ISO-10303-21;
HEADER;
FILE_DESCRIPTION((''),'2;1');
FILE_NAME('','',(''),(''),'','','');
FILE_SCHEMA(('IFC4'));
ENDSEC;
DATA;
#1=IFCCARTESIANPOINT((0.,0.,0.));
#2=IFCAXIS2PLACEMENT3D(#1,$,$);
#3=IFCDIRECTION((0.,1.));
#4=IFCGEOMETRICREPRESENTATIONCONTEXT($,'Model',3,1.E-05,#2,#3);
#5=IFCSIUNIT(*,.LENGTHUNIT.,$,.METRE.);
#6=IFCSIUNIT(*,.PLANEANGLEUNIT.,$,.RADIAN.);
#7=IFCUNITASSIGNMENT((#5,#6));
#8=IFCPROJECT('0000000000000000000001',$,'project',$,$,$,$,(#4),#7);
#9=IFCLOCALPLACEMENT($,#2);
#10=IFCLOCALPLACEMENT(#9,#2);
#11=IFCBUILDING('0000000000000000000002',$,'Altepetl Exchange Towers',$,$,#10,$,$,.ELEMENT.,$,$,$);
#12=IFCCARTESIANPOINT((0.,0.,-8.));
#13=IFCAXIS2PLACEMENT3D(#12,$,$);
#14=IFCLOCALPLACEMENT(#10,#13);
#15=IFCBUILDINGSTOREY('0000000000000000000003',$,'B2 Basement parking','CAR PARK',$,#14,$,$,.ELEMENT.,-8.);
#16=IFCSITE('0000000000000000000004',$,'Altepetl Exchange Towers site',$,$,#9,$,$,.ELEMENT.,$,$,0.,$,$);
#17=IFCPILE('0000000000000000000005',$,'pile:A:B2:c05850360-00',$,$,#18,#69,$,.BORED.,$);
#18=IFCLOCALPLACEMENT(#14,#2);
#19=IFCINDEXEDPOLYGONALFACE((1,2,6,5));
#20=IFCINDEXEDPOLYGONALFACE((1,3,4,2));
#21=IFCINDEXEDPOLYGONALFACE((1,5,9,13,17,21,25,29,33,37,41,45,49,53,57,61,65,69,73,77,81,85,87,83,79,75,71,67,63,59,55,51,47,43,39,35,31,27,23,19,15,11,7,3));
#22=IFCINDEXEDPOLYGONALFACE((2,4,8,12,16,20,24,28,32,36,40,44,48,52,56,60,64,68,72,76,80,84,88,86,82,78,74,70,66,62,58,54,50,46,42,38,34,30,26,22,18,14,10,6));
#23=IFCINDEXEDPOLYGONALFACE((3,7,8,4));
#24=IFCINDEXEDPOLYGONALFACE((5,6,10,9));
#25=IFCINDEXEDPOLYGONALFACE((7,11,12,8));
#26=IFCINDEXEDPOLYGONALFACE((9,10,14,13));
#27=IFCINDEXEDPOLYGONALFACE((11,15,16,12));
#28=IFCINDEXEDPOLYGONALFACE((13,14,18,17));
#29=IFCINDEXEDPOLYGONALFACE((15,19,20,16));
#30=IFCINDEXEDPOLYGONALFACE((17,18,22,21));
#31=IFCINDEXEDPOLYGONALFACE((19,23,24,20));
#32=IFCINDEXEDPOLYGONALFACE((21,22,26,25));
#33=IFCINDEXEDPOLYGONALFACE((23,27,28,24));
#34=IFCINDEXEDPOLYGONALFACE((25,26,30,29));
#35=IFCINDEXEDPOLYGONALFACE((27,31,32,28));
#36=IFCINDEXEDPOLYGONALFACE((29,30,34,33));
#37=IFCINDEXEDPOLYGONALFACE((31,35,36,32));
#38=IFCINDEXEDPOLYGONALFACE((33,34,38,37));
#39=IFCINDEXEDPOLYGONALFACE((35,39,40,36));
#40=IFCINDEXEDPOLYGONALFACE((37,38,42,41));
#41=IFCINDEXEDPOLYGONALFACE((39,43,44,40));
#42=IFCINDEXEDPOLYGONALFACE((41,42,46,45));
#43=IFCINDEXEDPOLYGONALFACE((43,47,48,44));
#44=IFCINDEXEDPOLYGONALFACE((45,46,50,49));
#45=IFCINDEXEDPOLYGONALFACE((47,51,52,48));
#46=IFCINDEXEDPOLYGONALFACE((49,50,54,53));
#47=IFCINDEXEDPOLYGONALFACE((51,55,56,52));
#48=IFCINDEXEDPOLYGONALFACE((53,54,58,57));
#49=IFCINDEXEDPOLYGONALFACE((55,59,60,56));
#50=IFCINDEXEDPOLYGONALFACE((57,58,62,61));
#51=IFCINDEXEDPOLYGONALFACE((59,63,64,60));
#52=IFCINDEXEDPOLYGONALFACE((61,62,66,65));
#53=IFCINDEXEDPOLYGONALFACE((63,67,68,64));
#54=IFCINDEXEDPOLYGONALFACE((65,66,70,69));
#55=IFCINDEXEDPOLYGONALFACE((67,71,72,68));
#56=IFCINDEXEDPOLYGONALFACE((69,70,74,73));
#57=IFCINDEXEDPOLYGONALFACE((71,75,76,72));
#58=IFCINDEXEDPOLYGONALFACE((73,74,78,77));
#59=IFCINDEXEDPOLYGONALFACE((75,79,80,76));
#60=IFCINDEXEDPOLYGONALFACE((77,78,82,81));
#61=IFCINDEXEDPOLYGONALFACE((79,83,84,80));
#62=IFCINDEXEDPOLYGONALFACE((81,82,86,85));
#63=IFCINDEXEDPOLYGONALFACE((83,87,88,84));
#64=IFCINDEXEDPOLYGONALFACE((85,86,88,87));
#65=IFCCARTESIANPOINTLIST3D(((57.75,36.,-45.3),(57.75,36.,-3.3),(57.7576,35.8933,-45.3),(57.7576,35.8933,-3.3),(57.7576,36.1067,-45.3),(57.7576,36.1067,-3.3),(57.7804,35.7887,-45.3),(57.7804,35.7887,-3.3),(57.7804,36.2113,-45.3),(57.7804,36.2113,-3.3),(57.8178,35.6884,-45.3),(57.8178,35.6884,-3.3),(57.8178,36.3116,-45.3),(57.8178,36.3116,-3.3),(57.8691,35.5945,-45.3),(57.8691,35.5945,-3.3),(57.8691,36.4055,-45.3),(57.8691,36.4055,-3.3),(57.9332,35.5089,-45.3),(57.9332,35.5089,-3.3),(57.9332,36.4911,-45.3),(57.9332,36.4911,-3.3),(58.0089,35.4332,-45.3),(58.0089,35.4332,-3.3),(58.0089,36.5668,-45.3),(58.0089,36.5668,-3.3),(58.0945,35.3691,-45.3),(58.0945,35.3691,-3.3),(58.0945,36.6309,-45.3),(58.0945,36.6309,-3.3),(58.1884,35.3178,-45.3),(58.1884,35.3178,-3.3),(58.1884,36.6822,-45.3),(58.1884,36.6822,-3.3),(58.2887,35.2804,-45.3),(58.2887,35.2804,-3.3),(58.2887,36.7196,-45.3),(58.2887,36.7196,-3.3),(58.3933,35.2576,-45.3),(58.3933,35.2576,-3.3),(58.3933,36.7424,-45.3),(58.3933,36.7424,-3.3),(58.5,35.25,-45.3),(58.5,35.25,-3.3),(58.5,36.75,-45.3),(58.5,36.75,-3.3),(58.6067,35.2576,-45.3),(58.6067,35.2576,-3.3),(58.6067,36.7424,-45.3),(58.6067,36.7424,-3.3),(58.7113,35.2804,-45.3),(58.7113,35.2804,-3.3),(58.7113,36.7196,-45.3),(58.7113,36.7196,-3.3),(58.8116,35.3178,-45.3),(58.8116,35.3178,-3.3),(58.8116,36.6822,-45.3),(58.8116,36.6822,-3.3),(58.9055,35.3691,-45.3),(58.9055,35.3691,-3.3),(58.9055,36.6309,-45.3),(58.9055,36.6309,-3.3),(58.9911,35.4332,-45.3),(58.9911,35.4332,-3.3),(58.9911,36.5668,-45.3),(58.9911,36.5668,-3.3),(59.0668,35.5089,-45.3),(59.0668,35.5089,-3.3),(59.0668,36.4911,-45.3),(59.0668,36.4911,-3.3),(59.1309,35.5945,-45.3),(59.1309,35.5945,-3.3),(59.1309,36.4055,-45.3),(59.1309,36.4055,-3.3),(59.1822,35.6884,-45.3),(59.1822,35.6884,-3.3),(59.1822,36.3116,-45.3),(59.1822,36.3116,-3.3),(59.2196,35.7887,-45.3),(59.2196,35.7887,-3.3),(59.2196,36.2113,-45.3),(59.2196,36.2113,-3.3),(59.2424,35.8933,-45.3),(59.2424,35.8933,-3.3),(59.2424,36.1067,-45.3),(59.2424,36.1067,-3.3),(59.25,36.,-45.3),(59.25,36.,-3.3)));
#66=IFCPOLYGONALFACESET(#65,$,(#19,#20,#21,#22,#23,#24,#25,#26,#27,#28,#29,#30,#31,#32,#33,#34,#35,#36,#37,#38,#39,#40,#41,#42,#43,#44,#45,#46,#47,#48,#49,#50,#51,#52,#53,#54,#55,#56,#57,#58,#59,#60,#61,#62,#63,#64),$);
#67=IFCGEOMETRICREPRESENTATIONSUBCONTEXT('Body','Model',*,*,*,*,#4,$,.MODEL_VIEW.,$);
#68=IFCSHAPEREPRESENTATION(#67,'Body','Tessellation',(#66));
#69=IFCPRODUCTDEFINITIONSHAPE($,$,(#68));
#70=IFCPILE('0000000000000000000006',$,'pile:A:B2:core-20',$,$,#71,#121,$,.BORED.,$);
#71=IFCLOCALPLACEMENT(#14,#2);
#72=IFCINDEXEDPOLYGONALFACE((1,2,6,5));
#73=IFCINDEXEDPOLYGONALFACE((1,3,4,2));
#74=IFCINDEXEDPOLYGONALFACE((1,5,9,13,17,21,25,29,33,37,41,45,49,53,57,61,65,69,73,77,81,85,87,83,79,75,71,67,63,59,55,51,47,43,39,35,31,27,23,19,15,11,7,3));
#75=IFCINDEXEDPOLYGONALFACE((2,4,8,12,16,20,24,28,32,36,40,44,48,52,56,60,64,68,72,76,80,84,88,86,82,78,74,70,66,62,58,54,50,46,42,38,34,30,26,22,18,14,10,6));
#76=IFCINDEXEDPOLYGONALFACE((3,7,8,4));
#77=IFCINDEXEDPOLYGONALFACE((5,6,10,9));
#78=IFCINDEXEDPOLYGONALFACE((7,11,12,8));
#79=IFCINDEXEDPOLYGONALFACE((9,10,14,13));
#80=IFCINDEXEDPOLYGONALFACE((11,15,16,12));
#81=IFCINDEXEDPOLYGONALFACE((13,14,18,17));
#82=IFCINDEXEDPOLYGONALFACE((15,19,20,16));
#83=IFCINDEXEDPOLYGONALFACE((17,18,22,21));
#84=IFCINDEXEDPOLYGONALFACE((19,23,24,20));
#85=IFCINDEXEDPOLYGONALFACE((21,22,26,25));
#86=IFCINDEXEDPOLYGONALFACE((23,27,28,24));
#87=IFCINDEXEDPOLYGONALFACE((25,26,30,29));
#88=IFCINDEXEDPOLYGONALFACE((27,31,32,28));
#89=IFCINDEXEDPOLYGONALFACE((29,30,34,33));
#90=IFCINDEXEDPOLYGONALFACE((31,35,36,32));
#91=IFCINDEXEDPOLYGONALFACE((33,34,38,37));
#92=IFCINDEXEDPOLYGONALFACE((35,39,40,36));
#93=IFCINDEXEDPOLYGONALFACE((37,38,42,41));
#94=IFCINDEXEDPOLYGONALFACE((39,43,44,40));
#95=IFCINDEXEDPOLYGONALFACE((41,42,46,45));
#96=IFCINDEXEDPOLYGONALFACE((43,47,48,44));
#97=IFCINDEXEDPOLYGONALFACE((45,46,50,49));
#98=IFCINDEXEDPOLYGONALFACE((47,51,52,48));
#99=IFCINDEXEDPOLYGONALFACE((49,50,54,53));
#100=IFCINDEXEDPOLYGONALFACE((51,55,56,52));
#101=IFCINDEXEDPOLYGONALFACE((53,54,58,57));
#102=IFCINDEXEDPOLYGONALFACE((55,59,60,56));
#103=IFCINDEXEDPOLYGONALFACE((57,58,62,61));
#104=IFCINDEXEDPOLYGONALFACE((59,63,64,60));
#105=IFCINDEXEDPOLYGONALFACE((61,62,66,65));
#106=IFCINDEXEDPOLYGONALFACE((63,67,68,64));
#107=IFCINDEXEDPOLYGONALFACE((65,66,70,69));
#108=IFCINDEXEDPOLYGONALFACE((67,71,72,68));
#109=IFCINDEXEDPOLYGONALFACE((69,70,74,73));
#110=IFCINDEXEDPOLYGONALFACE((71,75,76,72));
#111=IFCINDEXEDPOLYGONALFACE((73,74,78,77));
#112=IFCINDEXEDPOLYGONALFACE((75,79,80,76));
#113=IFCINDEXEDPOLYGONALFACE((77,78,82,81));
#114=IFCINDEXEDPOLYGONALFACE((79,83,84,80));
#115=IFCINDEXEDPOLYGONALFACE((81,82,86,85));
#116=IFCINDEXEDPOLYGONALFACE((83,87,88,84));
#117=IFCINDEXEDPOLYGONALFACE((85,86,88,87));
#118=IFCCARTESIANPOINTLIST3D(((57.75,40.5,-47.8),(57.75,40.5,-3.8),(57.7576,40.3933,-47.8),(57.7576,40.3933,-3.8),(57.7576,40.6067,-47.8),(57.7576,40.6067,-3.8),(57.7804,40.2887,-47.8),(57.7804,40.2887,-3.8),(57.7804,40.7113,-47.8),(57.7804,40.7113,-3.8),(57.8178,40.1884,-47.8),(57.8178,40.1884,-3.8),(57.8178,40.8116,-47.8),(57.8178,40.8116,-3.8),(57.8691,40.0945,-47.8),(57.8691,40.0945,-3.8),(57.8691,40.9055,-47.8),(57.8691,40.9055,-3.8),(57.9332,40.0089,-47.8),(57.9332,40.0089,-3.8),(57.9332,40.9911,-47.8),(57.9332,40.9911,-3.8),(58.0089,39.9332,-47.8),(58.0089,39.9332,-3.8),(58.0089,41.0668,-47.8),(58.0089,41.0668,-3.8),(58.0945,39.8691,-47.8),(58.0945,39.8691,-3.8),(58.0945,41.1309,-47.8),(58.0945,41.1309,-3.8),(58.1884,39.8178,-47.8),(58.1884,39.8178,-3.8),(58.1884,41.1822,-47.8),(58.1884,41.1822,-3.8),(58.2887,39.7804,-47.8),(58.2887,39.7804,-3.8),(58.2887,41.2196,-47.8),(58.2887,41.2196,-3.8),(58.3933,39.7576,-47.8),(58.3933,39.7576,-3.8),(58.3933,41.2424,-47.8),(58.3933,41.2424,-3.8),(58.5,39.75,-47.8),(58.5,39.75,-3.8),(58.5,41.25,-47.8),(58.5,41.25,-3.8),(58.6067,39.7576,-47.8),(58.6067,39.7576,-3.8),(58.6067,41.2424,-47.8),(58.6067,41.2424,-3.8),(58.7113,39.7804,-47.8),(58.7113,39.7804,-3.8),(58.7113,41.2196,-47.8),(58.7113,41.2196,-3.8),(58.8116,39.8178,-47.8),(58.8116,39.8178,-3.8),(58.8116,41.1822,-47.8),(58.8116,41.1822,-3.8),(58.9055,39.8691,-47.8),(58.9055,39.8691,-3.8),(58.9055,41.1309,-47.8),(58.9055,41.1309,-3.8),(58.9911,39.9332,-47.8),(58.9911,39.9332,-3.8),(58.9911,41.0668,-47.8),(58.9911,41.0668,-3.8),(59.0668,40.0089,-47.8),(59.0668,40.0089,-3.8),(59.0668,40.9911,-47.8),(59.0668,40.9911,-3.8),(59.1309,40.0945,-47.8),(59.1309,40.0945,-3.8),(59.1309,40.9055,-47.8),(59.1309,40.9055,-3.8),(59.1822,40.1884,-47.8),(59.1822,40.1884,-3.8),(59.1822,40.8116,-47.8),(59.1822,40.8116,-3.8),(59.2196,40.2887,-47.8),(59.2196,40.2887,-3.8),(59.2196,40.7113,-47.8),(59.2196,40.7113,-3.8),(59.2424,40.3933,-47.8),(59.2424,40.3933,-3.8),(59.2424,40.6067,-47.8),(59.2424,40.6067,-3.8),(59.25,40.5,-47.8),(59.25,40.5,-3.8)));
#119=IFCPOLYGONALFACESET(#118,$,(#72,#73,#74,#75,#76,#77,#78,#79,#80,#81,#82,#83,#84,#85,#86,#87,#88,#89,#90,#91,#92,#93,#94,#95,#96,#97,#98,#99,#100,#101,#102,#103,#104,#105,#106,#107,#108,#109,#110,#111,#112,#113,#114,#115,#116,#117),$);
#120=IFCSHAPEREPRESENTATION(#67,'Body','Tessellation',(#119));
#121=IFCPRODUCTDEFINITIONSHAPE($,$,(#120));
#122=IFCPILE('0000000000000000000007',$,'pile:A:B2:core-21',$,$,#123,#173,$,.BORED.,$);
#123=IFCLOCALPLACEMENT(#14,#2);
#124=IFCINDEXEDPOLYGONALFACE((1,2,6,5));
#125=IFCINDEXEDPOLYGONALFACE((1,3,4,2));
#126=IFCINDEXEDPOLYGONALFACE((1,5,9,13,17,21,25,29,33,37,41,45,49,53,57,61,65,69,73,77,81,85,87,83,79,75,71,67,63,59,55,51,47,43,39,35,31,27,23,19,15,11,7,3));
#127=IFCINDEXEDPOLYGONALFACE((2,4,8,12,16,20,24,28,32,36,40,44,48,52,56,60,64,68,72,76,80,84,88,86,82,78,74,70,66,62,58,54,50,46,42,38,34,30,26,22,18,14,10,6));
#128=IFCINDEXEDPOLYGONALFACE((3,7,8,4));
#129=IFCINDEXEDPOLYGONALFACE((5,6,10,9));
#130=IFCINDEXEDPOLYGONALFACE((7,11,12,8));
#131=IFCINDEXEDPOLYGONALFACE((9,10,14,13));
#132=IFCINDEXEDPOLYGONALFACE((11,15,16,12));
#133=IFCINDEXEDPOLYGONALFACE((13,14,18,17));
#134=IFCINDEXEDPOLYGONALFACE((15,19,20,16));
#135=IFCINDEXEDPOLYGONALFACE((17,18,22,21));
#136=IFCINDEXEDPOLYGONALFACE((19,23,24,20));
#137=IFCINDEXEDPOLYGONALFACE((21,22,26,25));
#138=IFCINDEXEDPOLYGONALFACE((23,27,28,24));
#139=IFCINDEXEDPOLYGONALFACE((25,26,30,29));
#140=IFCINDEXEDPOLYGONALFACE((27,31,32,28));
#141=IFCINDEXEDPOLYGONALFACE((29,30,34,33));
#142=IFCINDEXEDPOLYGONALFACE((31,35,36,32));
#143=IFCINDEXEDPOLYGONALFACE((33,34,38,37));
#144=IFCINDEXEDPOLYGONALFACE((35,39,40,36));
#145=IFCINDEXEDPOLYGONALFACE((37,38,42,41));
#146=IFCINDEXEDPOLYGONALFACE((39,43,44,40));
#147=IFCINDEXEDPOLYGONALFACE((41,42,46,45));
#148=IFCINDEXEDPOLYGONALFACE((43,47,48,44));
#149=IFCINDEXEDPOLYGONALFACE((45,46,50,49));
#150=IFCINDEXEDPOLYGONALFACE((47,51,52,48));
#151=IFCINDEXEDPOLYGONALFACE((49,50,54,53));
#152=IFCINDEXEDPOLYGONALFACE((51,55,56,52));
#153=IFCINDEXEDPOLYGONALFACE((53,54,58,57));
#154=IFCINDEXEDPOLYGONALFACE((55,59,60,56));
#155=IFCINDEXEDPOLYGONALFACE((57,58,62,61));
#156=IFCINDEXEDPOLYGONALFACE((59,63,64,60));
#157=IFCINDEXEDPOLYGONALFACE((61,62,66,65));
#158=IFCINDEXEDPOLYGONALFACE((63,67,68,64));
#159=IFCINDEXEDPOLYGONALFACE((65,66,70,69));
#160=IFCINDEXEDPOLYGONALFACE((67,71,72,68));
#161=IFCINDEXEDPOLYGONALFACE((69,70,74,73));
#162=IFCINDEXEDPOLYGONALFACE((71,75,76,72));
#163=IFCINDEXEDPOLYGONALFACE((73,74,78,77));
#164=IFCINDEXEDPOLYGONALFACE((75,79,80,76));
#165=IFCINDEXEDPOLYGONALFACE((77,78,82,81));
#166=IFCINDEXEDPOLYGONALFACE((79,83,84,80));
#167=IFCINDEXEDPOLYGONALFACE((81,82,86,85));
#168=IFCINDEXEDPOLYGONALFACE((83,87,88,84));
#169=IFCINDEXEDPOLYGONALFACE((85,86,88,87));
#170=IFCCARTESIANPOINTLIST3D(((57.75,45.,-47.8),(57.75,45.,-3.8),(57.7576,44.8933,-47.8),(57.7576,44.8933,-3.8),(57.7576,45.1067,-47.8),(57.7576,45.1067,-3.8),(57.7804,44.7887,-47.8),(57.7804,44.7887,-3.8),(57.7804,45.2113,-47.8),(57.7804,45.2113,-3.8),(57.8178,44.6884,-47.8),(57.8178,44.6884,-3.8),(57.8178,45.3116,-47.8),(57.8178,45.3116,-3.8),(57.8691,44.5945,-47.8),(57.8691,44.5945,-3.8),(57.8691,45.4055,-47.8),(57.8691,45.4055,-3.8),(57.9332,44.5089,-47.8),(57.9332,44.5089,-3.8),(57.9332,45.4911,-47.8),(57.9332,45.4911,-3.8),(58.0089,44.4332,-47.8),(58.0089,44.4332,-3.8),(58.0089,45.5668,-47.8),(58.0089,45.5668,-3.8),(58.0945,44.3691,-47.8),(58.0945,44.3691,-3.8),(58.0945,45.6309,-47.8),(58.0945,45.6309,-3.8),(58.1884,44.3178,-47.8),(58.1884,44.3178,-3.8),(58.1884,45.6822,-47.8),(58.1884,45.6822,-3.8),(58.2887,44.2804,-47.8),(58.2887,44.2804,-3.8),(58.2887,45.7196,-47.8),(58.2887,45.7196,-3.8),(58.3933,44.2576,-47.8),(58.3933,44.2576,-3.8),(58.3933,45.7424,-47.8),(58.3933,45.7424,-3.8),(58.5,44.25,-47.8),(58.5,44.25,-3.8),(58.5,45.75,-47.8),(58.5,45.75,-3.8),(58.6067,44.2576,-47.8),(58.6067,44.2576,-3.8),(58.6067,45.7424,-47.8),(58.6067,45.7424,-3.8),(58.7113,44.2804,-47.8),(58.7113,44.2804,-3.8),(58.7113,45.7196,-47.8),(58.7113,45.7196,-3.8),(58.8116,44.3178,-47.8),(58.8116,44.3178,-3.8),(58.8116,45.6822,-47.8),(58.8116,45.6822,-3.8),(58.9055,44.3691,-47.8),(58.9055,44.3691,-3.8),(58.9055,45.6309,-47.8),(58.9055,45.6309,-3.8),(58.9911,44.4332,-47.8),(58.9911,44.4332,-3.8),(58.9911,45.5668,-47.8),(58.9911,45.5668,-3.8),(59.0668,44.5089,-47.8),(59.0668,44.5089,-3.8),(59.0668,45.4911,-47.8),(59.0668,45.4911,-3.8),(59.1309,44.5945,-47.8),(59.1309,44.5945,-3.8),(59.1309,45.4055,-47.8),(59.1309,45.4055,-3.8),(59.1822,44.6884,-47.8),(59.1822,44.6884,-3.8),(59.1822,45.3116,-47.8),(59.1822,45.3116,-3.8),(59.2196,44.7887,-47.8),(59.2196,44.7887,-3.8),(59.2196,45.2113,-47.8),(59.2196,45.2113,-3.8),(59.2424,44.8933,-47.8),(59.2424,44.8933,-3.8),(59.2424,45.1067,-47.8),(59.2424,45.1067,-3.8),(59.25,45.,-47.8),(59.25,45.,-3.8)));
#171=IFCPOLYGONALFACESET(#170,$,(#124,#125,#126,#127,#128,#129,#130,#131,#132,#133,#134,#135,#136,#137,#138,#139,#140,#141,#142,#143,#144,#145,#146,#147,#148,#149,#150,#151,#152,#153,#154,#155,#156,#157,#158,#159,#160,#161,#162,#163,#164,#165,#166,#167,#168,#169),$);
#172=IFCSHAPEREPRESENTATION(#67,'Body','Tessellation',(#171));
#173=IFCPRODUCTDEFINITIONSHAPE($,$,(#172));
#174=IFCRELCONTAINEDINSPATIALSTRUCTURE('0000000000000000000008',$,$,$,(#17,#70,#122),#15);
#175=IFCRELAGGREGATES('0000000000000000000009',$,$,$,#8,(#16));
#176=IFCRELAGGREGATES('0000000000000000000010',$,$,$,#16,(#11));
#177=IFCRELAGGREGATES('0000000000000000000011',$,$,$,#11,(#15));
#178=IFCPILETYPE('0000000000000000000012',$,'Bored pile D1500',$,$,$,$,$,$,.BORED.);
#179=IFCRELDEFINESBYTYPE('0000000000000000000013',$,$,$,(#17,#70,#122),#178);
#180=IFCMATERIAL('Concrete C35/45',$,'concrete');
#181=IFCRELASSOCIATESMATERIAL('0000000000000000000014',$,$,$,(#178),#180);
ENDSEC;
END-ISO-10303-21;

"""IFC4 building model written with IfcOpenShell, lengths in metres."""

from ifc_helpers import new_model, si_unit, direction, frame, origin, origin_2d, place, context, subcontext, project, spatial, circle, extrude, material, material_profile, profile_set, type_object, element, save


model = new_model("IFC4")

# Units and contexts
model_context = context("Model", 3, precision=1e-05, world=origin(), true_north=direction((0.0, 1.0)))
body_context = subcontext(model_context, "Body", "Model", "MODEL_VIEW")
ifc_project = project(units=[si_unit("LENGTHUNIT", "METRE"), si_unit("PLANEANGLEUNIT", "RADIAN")], contexts=[model_context])

# Site, building, storey
site_placement = place(None, origin())
site = spatial("IfcSite", under=ifc_project, at=site_placement, Name="Altepetl Exchange Towers site", CompositionType="ELEMENT", RefElevation=0.0)
building_placement = place(site_placement, origin())
building = spatial("IfcBuilding", under=site, at=building_placement, Name="Altepetl Exchange Towers", CompositionType="ELEMENT")
storey_placement = place(building_placement, frame((0.0, 0.0, -8.0)))
storey = spatial("IfcBuildingStorey", under=building, at=storey_placement, Name="B2 Basement parking", Description="CAR PARK", CompositionType="ELEMENT", Elevation=-8.0)

# Piles
ifc_material_1 = material(Name="Concrete C35/45", Category="concrete")
ifc_material_profile_1 = material_profile(ifc_material_1, circle(Radius=0.75, at=origin_2d()), Name="D1500")
ifc_profile_set_1 = profile_set([ifc_material_profile_1], Name="Concrete C35/45")
pile_type_1 = type_object("IfcPileType", Name="Bored pile D1500", PredefinedType="BORED", material=ifc_profile_set_1)
pile_placement = place(storey_placement, frame((58.5, 36.0, -3.3), z_axis=(0.0, 0.0, -1.0), x_axis=(1.0, 0.0, 0.0)))
element("IfcPile", 1, at=pile_placement, inside=storey, type_object=pile_type_1, Name="pile:A:B2:c05850360-00", PredefinedType="BORED", context=body_context, shape_type="SweptSolid", body=[
    extrude(circle(Radius=0.75, at=origin_2d()), origin(), (0.0, 0.0, 1.0), 42.0),
])
for number, where, z_axis, x_axis, name in (
    (2, (58.5, 40.5, -3.8), (0.0, 0.0, -1.0), (1.0, 0.0, 0.0), "pile:A:B2:core-20"),
    (3, (58.5, 45.0, -3.8), (0.0, 0.0, -1.0), (1.0, 0.0, 0.0), "pile:A:B2:core-21"),
):
    element("IfcPile", number, at=place(storey_placement, frame(where, z_axis=z_axis, x_axis=x_axis)), inside=storey, type_object=pile_type_1, Name=name, PredefinedType="BORED", context=body_context, shape_type="SweptSolid", body=[
        extrude(circle(Radius=0.75, at=origin_2d()), origin(), (0.0, 0.0, 1.0), 44.0),
    ])

save(model, "model.ifc")
